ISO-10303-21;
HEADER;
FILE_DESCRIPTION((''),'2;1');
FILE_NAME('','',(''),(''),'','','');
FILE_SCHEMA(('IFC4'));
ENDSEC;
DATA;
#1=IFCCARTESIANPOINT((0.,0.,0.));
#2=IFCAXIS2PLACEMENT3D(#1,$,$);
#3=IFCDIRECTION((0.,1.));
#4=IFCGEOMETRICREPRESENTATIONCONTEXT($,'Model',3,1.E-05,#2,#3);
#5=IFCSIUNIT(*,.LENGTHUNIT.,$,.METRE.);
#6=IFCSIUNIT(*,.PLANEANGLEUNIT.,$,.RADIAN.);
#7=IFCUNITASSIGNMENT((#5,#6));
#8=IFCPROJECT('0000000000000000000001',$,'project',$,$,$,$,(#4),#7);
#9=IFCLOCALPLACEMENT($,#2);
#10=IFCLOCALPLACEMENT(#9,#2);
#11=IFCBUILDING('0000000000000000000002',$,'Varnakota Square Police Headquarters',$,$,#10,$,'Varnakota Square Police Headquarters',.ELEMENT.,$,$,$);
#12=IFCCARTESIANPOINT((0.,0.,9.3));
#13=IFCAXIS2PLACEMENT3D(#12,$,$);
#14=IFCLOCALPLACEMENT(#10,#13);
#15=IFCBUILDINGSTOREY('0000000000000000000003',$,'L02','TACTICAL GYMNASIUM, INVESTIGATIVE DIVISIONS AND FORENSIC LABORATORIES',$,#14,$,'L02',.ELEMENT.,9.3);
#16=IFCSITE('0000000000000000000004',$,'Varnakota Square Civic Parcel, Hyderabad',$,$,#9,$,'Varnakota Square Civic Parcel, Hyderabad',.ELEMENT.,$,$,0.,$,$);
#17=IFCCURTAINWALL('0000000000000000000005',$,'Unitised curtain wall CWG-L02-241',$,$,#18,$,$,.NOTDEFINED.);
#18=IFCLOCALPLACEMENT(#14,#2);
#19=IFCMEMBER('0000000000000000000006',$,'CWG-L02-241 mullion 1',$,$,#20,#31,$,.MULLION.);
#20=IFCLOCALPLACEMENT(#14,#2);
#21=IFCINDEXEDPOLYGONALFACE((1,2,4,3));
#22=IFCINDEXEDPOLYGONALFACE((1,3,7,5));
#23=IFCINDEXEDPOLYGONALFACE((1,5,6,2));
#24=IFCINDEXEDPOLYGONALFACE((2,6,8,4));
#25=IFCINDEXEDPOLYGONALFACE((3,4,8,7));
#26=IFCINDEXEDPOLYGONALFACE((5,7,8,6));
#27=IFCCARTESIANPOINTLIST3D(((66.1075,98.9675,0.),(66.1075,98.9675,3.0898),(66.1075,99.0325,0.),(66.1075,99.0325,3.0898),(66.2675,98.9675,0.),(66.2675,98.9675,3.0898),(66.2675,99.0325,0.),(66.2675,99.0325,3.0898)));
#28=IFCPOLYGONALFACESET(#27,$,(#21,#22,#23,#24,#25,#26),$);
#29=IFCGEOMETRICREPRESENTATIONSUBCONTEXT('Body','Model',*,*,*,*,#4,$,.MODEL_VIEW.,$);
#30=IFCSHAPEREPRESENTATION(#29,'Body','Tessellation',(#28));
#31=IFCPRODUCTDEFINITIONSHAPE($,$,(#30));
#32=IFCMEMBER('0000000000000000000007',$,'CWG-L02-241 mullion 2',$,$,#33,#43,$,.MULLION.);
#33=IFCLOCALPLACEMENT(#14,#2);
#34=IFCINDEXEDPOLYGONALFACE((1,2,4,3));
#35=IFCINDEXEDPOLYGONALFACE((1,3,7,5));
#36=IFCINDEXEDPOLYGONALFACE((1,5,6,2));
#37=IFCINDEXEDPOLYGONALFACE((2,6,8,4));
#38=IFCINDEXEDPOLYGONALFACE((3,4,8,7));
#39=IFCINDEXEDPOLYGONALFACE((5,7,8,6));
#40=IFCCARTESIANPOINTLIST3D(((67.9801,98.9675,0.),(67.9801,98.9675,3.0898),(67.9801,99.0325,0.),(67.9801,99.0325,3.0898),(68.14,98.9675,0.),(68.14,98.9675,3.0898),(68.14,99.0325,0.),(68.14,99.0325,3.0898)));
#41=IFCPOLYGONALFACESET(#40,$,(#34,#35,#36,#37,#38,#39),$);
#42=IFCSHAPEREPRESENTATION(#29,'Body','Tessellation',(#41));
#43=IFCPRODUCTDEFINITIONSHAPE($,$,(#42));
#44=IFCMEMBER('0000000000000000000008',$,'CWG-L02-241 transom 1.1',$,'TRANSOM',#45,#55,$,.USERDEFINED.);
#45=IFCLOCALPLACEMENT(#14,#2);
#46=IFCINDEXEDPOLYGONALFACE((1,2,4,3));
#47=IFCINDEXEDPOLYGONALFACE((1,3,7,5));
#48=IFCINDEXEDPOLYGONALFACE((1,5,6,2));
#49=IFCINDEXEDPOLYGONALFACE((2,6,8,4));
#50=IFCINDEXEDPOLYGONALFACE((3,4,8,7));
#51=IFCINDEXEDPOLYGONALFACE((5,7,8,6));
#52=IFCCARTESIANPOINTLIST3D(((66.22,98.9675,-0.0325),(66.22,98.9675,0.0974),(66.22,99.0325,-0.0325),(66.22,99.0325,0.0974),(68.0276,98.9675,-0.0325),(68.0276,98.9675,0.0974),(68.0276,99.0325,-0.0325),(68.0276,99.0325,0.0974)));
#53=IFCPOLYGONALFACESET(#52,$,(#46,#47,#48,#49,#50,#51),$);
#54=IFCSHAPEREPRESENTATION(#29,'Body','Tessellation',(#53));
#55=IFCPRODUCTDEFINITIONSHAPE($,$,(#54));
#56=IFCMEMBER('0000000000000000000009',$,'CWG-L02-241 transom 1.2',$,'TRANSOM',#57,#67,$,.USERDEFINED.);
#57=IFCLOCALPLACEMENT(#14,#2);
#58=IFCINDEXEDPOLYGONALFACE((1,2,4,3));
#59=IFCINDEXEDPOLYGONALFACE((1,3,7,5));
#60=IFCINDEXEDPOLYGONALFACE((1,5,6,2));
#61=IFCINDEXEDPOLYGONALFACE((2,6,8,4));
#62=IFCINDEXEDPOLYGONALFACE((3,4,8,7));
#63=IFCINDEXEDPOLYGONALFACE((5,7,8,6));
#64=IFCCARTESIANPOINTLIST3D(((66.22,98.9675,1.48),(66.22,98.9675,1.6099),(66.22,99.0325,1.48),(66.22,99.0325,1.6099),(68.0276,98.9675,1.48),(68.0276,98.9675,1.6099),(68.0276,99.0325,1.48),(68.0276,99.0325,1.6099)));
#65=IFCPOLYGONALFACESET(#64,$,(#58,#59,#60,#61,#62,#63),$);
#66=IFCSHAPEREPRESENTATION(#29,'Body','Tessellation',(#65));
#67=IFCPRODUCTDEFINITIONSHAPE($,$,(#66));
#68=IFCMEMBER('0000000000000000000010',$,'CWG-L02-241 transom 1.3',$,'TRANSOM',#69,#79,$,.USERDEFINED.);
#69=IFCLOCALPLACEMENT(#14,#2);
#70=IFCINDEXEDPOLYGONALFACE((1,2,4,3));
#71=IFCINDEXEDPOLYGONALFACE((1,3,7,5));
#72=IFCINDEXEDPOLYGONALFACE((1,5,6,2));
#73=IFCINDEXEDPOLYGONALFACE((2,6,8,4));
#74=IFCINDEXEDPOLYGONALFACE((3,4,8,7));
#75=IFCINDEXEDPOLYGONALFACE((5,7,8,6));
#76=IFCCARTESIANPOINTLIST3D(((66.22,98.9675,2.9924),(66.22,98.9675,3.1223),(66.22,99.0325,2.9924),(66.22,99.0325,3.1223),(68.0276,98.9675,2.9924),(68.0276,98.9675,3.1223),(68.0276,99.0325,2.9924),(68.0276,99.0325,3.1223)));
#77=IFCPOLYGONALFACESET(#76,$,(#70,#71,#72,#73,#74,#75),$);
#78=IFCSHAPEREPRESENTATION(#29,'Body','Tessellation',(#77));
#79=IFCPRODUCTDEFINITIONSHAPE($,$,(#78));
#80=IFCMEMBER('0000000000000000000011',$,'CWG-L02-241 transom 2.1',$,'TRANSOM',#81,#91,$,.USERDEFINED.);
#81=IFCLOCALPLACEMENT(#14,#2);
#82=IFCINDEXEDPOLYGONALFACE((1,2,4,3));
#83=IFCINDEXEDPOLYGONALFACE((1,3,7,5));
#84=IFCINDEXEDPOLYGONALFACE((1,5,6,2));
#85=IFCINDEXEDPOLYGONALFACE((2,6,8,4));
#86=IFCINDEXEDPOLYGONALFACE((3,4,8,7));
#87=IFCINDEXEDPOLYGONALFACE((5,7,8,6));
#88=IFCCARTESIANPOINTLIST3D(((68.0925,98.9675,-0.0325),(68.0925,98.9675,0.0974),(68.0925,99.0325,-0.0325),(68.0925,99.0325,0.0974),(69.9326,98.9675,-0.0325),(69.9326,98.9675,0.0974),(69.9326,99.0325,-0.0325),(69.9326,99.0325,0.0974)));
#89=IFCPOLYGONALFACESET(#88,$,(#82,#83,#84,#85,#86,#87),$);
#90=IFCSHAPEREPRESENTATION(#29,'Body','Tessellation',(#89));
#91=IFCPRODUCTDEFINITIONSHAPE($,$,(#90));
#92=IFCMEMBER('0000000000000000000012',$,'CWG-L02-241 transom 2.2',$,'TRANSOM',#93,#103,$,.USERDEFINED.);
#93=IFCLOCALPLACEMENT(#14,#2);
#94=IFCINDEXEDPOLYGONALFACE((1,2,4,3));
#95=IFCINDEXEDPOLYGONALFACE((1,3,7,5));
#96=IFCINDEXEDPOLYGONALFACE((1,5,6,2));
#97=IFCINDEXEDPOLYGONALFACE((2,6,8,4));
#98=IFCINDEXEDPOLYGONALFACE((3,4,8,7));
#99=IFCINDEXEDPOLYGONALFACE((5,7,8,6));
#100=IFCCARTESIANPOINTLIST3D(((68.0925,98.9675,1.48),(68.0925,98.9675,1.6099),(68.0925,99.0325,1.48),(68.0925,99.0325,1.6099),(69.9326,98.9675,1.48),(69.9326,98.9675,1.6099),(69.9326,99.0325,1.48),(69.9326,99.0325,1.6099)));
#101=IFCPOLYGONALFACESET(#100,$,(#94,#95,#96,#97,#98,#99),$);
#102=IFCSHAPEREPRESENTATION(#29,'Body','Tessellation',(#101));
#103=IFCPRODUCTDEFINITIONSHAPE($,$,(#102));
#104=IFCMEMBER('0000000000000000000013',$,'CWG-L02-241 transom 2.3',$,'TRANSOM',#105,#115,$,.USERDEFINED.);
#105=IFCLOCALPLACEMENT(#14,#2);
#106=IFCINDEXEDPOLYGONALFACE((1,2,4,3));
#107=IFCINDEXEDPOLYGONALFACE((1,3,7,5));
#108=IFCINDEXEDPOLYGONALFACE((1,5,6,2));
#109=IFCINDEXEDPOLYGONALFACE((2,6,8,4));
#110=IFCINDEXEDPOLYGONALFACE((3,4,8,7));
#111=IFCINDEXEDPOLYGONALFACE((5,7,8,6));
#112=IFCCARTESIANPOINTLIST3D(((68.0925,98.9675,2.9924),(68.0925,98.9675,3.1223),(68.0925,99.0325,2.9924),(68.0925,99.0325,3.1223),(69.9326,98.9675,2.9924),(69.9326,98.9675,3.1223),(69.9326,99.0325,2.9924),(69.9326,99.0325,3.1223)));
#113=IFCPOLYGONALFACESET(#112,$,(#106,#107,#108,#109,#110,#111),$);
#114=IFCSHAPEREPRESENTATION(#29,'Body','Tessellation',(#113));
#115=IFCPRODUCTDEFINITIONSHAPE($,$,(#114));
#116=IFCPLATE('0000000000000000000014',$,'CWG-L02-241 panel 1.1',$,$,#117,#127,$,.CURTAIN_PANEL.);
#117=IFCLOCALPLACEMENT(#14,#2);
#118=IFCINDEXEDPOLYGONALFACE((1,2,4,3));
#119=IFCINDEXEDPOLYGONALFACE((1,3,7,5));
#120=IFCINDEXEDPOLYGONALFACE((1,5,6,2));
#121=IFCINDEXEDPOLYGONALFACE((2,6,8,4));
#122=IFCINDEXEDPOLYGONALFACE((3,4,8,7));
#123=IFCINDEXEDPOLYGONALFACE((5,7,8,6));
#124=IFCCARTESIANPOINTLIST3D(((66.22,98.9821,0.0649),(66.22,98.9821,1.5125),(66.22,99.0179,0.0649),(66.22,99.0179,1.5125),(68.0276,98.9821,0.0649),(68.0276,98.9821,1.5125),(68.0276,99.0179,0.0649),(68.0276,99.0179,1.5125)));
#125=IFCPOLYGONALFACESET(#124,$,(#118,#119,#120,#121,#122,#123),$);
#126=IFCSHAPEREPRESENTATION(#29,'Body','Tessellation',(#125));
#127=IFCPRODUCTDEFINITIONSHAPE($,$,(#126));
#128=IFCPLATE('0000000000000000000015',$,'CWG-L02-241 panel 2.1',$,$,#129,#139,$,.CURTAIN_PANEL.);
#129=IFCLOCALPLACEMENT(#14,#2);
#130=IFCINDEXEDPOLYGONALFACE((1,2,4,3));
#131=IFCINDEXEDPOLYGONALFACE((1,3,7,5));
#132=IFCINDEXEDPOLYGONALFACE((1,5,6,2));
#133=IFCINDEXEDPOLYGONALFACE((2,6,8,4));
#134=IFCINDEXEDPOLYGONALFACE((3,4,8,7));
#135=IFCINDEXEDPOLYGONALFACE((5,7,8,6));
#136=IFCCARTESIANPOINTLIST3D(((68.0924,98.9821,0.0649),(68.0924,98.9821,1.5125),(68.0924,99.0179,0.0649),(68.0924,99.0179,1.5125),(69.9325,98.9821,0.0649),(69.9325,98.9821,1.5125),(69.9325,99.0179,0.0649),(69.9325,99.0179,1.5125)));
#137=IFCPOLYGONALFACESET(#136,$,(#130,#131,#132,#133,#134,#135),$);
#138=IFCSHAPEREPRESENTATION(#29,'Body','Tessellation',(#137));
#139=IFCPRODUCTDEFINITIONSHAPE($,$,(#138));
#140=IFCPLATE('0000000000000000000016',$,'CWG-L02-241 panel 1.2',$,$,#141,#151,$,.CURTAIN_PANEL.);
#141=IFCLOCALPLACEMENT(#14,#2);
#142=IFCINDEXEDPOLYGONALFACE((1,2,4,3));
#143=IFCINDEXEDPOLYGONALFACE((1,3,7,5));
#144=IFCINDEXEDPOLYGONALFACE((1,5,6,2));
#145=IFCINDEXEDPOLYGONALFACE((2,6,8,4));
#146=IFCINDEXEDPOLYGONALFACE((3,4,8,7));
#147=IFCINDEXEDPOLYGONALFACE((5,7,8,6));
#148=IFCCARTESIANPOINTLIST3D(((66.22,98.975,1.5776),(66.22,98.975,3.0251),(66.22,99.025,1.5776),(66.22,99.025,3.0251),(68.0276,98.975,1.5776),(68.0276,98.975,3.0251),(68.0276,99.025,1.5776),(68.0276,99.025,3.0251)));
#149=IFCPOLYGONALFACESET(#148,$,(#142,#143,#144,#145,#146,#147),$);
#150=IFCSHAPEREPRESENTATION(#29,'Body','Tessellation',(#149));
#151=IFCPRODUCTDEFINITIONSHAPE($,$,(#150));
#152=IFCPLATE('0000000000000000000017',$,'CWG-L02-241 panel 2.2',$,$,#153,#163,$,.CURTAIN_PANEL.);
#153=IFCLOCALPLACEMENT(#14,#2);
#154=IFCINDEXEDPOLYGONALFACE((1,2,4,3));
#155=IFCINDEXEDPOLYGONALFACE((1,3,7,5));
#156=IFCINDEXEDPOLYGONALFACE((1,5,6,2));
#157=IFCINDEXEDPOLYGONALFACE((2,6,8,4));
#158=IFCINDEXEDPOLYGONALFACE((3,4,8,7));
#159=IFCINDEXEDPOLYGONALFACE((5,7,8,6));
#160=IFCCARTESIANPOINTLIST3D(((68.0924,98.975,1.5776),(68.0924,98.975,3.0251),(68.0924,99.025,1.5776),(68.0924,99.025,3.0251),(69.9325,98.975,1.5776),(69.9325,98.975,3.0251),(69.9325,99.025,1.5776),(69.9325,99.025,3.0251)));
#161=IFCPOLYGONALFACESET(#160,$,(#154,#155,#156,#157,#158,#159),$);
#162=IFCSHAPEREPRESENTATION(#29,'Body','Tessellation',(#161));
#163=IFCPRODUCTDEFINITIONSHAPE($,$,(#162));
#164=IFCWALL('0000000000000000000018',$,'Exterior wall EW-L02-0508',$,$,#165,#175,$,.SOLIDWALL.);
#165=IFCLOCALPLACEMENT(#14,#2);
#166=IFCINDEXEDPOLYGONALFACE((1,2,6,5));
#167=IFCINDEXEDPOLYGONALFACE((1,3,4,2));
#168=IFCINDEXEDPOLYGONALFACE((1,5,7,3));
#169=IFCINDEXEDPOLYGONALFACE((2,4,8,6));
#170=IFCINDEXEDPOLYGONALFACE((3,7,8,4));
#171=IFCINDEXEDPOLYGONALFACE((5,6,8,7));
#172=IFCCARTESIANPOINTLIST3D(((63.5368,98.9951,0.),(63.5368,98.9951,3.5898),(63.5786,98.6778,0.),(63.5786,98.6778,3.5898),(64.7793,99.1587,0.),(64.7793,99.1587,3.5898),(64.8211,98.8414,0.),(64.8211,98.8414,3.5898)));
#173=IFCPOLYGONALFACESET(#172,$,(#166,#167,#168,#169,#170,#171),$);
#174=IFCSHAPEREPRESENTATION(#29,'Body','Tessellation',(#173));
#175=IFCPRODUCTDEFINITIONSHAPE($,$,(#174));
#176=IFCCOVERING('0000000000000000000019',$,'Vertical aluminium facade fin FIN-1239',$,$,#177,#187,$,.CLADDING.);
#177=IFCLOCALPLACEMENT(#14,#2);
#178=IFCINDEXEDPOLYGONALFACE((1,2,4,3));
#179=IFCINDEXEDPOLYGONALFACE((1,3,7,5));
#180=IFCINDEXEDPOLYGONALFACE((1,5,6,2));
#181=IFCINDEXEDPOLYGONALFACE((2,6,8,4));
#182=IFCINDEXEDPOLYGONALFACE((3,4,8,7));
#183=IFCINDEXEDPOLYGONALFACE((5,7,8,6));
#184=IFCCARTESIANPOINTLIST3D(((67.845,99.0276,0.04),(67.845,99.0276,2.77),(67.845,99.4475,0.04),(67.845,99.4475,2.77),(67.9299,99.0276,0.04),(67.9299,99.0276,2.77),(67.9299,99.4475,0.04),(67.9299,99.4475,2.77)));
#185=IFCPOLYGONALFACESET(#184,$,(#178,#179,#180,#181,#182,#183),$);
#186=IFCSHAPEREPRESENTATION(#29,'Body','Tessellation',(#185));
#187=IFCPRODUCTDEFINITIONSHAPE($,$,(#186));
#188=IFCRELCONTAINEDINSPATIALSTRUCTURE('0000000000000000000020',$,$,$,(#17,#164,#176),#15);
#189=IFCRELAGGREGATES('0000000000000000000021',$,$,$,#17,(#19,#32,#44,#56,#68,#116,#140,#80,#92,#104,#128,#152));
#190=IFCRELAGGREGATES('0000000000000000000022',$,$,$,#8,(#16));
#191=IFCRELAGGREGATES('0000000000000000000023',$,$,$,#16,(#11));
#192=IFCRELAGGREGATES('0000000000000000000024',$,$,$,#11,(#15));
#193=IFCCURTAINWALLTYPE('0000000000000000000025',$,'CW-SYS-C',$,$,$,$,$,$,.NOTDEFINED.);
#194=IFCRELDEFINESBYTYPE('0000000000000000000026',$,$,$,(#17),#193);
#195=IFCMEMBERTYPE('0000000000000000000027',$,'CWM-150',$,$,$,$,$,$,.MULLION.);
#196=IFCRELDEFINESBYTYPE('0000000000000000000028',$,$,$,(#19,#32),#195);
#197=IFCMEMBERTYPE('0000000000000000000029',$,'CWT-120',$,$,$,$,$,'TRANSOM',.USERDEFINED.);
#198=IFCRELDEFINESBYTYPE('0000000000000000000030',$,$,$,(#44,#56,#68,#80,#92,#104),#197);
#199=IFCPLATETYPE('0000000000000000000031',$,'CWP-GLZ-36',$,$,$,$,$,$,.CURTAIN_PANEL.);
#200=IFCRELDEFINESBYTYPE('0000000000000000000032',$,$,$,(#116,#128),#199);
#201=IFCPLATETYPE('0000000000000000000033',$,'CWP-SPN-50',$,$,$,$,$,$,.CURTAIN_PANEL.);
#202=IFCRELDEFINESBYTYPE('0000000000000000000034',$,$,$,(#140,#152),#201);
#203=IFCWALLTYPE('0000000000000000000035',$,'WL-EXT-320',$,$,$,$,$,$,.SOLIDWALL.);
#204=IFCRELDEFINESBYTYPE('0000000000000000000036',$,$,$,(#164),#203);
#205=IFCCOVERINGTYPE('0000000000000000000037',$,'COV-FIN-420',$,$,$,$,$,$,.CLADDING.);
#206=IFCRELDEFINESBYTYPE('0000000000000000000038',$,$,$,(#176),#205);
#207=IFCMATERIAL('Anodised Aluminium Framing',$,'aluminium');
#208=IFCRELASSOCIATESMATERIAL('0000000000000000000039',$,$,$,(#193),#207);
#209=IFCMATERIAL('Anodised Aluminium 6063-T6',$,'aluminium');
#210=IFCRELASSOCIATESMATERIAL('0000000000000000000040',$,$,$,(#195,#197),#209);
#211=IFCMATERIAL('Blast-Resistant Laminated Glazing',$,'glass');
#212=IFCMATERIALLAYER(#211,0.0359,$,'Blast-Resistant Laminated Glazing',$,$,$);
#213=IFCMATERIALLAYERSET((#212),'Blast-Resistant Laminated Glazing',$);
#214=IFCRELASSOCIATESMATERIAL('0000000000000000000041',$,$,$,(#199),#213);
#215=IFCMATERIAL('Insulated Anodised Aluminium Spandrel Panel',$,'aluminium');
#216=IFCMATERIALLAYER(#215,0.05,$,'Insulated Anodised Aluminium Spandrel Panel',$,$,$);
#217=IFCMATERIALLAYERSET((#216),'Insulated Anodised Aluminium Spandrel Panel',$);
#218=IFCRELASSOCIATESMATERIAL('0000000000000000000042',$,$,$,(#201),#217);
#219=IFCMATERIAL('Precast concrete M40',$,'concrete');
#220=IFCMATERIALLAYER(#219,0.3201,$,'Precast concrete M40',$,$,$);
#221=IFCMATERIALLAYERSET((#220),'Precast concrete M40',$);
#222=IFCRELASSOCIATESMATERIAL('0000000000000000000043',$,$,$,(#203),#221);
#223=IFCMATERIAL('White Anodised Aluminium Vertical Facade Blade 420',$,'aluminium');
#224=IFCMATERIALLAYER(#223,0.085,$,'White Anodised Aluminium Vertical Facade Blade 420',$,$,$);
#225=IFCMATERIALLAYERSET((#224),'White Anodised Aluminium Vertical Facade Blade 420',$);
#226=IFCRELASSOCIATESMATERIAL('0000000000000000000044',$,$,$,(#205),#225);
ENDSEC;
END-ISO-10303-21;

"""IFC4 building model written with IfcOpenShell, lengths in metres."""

from ifc_helpers import new_model, si_unit, direction, frame, frame_2d, origin, origin_2d, place, context, subcontext, project, spatial, rectangle, extrude, material, layer, layer_set, material_profile, profile_set, type_object, element, aggregate, save


model = new_model("IFC4")

# Units and contexts
model_context = context("Model", 3, precision=1e-05, world=origin(), true_north=direction((0.0, 1.0)))
body_context = subcontext(model_context, "Body", "Model", "MODEL_VIEW")
ifc_project = project(units=[si_unit("LENGTHUNIT", "METRE"), si_unit("PLANEANGLEUNIT", "RADIAN")], contexts=[model_context])

# Site, building, storey
site_placement = place(None, origin())
site = spatial("IfcSite", under=ifc_project, at=site_placement, Name="Varnakota Square Civic Parcel, Hyderabad", LongName="Varnakota Square Civic Parcel, Hyderabad", CompositionType="ELEMENT", RefElevation=0.0)
building_placement = place(site_placement, origin())
building = spatial("IfcBuilding", under=site, at=building_placement, Name="Varnakota Square Police Headquarters", LongName="Varnakota Square Police Headquarters", CompositionType="ELEMENT")
storey_placement = place(building_placement, frame((0.0, 0.0, 9.3)))
storey = spatial("IfcBuildingStorey", under=building, at=storey_placement, Name="L02", Description="TACTICAL GYMNASIUM, INVESTIGATIVE DIVISIONS AND FORENSIC LABORATORIES", LongName="L02", CompositionType="ELEMENT", Elevation=9.3)

# Curtain wall, members, plates
ifc_material_1 = material(Name="Anodised Aluminium Framing", Category="aluminium")
curtain_wall_type = type_object("IfcCurtainWallType", Name="CW-SYS-C", PredefinedType="NOTDEFINED", material=ifc_material_1)
curtain_wall_placement = place(storey_placement, origin())
curtain_wall = element("IfcCurtainWall", 1, at=curtain_wall_placement, inside=storey, type_object=curtain_wall_type, Name="Unitised curtain wall CWG-L02-241", PredefinedType="NOTDEFINED")
ifc_material_2 = material(Name="Anodised Aluminium 6063-T6", Category="aluminium")
ifc_material_profile_1 = material_profile(ifc_material_2, rectangle(XDim=0.0649, YDim=0.1599, at=origin_2d()), Name="ALU MULLION 65x160")
ifc_profile_set_1 = profile_set([ifc_material_profile_1], Name="Anodised Aluminium 6063-T6")
member_type_1 = type_object("IfcMemberType", Name="CWM-150", PredefinedType="MULLION", material=ifc_profile_set_1)
member_1_placement = place(storey_placement, frame((66.1875, 99.0, 0.0), z_axis=(0.0, 0.0, 1.0), x_axis=(0.0, 1.0, 0.0)))
member_1 = element("IfcMember", 2, at=member_1_placement, type_object=member_type_1, Name="CWG-L02-241 mullion 1", PredefinedType="MULLION", context=body_context, shape_type="SweptSolid", body=[
    extrude(rectangle(XDim=0.0649, YDim=0.1599, at=origin_2d()), origin(), (0.0, 0.0, 1.0), 3.0898),
])
member_2_placement = place(storey_placement, frame((68.0601, 99.0, 0.0), z_axis=(0.0, 0.0, 1.0), x_axis=(0.0, 1.0, 0.0)))
member_2 = element("IfcMember", 3, at=member_2_placement, type_object=member_type_1, Name="CWG-L02-241 mullion 2", PredefinedType="MULLION", context=body_context, shape_type="SweptSolid", body=[
    extrude(rectangle(XDim=0.0649, YDim=0.1599, at=origin_2d()), origin(), (0.0, 0.0, 1.0), 3.0898),
])
ifc_material_profile_2 = material_profile(ifc_material_2, rectangle(XDim=0.0649, YDim=0.1299, at=origin_2d()), Name="ALU TRANSOM 65x130")
ifc_profile_set_2 = profile_set([ifc_material_profile_2], Name="Anodised Aluminium 6063-T6")
member_type_2 = type_object("IfcMemberType", Name="CWT-120", ElementType="TRANSOM", PredefinedType="USERDEFINED", material=ifc_profile_set_2)
member_3_placement = place(storey_placement, frame((66.22, 99.0, 0.0325), z_axis=(1.0, 0.0, 0.0), x_axis=(0.0, 1.0, 0.0)))
member_3 = element("IfcMember", 4, at=member_3_placement, type_object=member_type_2, Name="CWG-L02-241 transom 1.1", ObjectType="TRANSOM", PredefinedType="USERDEFINED", context=body_context, shape_type="SweptSolid", body=[
    extrude(rectangle(XDim=0.0649, YDim=0.1299, at=origin_2d()), origin(), (0.0, 0.0, 1.0), 1.8076),
])
member_4_placement = place(storey_placement, frame((66.22, 99.0, 1.5449), z_axis=(1.0, 0.0, 0.0), x_axis=(0.0, 1.0, 0.0)))
member_4 = element("IfcMember", 5, at=member_4_placement, type_object=member_type_2, Name="CWG-L02-241 transom 1.2", ObjectType="TRANSOM", PredefinedType="USERDEFINED", context=body_context, shape_type="SweptSolid", body=[
    extrude(rectangle(XDim=0.0649, YDim=0.1299, at=origin_2d()), origin(), (0.0, 0.0, 1.0), 1.8076),
])
member_5_placement = place(storey_placement, frame((66.22, 99.0, 3.0574), z_axis=(1.0, 0.0, 0.0), x_axis=(0.0, 1.0, 0.0)))
member_5 = element("IfcMember", 6, at=member_5_placement, type_object=member_type_2, Name="CWG-L02-241 transom 1.3", ObjectType="TRANSOM", PredefinedType="USERDEFINED", context=body_context, shape_type="SweptSolid", body=[
    extrude(rectangle(XDim=0.0649, YDim=0.1299, at=origin_2d()), origin(), (0.0, 0.0, 1.0), 1.8076),
])
member_6_placement = place(storey_placement, frame((68.0925, 99.0, 0.0325), z_axis=(1.0, 0.0, 0.0), x_axis=(0.0, 1.0, 0.0)))
member_6 = element("IfcMember", 7, at=member_6_placement, type_object=member_type_2, Name="CWG-L02-241 transom 2.1", ObjectType="TRANSOM", PredefinedType="USERDEFINED", context=body_context, shape_type="SweptSolid", body=[
    extrude(rectangle(XDim=0.0649, YDim=0.1299, at=origin_2d()), origin(), (0.0, 0.0, 1.0), 1.8401),
])
member_7_placement = place(storey_placement, frame((68.0925, 99.0, 1.5449), z_axis=(1.0, 0.0, 0.0), x_axis=(0.0, 1.0, 0.0)))
member_7 = element("IfcMember", 8, at=member_7_placement, type_object=member_type_2, Name="CWG-L02-241 transom 2.2", ObjectType="TRANSOM", PredefinedType="USERDEFINED", context=body_context, shape_type="SweptSolid", body=[
    extrude(rectangle(XDim=0.0649, YDim=0.1299, at=origin_2d()), origin(), (0.0, 0.0, 1.0), 1.8401),
])
member_8_placement = place(storey_placement, frame((68.0925, 99.0, 3.0574), z_axis=(1.0, 0.0, 0.0), x_axis=(0.0, 1.0, 0.0)))
member_8 = element("IfcMember", 9, at=member_8_placement, type_object=member_type_2, Name="CWG-L02-241 transom 2.3", ObjectType="TRANSOM", PredefinedType="USERDEFINED", context=body_context, shape_type="SweptSolid", body=[
    extrude(rectangle(XDim=0.0649, YDim=0.1299, at=origin_2d()), origin(), (0.0, 0.0, 1.0), 1.8401),
])
ifc_material_3 = material(Name="Blast-Resistant Laminated Glazing", Category="glass")
ifc_layer_1 = layer(ifc_material_3, 0.0359, Name="Blast-Resistant Laminated Glazing")
ifc_layer_set_1 = layer_set([ifc_layer_1], Name="Blast-Resistant Laminated Glazing")
plate_type_1 = type_object("IfcPlateType", Name="CWP-GLZ-36", PredefinedType="CURTAIN_PANEL", material=ifc_layer_set_1)
plate_1_placement = place(storey_placement, frame((67.1238, 99.0, 0.0649), z_axis=(0.0, 0.0, 1.0), x_axis=(1.0, 0.0, 0.0)))
plate_1 = element("IfcPlate", 10, at=plate_1_placement, type_object=plate_type_1, Name="CWG-L02-241 panel 1.1", PredefinedType="CURTAIN_PANEL", context=body_context, shape_type="SweptSolid", body=[
    extrude(rectangle(XDim=1.8076, YDim=0.0359, at=origin_2d()), origin(), (0.0, 0.0, 1.0), 1.4475),
])
plate_2_placement = place(storey_placement, frame((69.0125, 99.0, 0.0649), z_axis=(0.0, 0.0, 1.0), x_axis=(1.0, 0.0, 0.0)))
plate_2 = element("IfcPlate", 11, at=plate_2_placement, type_object=plate_type_1, Name="CWG-L02-241 panel 2.1", PredefinedType="CURTAIN_PANEL", context=body_context, shape_type="SweptSolid", body=[
    extrude(rectangle(XDim=1.8401, YDim=0.0359, at=origin_2d()), origin(), (0.0, 0.0, 1.0), 1.4475),
])
ifc_material_4 = material(Name="Insulated Anodised Aluminium Spandrel Panel", Category="aluminium")
ifc_layer_2 = layer(ifc_material_4, 0.05, Name="Insulated Anodised Aluminium Spandrel Panel")
ifc_layer_set_2 = layer_set([ifc_layer_2], Name="Insulated Anodised Aluminium Spandrel Panel")
plate_type_2 = type_object("IfcPlateType", Name="CWP-SPN-50", PredefinedType="CURTAIN_PANEL", material=ifc_layer_set_2)
plate_3_placement = place(storey_placement, frame((67.1238, 99.0, 1.5776), z_axis=(0.0, 0.0, 1.0), x_axis=(1.0, 0.0, 0.0)))
plate_3 = element("IfcPlate", 12, at=plate_3_placement, type_object=plate_type_2, Name="CWG-L02-241 panel 1.2", PredefinedType="CURTAIN_PANEL", context=body_context, shape_type="SweptSolid", body=[
    extrude(rectangle(XDim=1.8076, YDim=0.05, at=origin_2d()), origin(), (0.0, 0.0, 1.0), 1.4475),
])
plate_4_placement = place(storey_placement, frame((69.0125, 99.0, 1.5776), z_axis=(0.0, 0.0, 1.0), x_axis=(1.0, 0.0, 0.0)))
plate_4 = element("IfcPlate", 13, at=plate_4_placement, type_object=plate_type_2, Name="CWG-L02-241 panel 2.2", PredefinedType="CURTAIN_PANEL", context=body_context, shape_type="SweptSolid", body=[
    extrude(rectangle(XDim=1.8401, YDim=0.05, at=origin_2d()), origin(), (0.0, 0.0, 1.0), 1.4475),
])
aggregate(curtain_wall, [member_1, member_2, member_3, member_4, member_5, plate_1, plate_3, member_6, member_7, member_8, plate_2, plate_4])

# Wall
ifc_material_5 = material(Name="Precast concrete M40", Category="concrete")
ifc_layer_3 = layer(ifc_material_5, 0.3201, Name="Precast concrete M40")
ifc_layer_set_3 = layer_set([ifc_layer_3], Name="Precast concrete M40")
wall_type = type_object("IfcWallType", Name="WL-EXT-320", PredefinedType="SOLIDWALL", material=ifc_layer_set_3)
wall_placement = place(storey_placement, frame((64.8, 99.0, 0.0), z_axis=(0.0, 0.0, 1.0), x_axis=(-0.991444, -0.13053, 0.0)))
element("IfcWall", 14, at=wall_placement, inside=storey, type_object=wall_type, Name="Exterior wall EW-L02-0508", PredefinedType="SOLIDWALL", context=body_context, shape_type="SweptSolid", body=[
    extrude(rectangle(XDim=1.2532, YDim=0.3201, at=frame_2d((0.6265, 0.0))), origin(), (0.0, 0.0, 1.0), 3.5898),
])

# Covering
ifc_material_6 = material(Name="White Anodised Aluminium Vertical Facade Blade 420", Category="aluminium")
ifc_layer_4 = layer(ifc_material_6, 0.085, Name="White Anodised Aluminium Vertical Facade Blade 420")
ifc_layer_set_4 = layer_set([ifc_layer_4], Name="White Anodised Aluminium Vertical Facade Blade 420")
covering_type_1 = type_object("IfcCoveringType", Name="COV-FIN-420", PredefinedType="CLADDING", material=ifc_layer_set_4)
covering_1_placement = place(storey_placement, frame((67.8875, 99.2375, 0.04), z_axis=(0.0, 0.0, 1.0), x_axis=(1.0, 0.0, 0.0)))
element("IfcCovering", 15, at=covering_1_placement, inside=storey, type_object=covering_type_1, Name="Vertical aluminium facade fin FIN-1239", PredefinedType="CLADDING", context=body_context, shape_type="SweptSolid", body=[
    extrude(rectangle(XDim=0.085, YDim=0.4199, at=origin_2d()), origin(), (0.0, 0.0, 1.0), 2.73),
])

save(model, "model.ifc")
